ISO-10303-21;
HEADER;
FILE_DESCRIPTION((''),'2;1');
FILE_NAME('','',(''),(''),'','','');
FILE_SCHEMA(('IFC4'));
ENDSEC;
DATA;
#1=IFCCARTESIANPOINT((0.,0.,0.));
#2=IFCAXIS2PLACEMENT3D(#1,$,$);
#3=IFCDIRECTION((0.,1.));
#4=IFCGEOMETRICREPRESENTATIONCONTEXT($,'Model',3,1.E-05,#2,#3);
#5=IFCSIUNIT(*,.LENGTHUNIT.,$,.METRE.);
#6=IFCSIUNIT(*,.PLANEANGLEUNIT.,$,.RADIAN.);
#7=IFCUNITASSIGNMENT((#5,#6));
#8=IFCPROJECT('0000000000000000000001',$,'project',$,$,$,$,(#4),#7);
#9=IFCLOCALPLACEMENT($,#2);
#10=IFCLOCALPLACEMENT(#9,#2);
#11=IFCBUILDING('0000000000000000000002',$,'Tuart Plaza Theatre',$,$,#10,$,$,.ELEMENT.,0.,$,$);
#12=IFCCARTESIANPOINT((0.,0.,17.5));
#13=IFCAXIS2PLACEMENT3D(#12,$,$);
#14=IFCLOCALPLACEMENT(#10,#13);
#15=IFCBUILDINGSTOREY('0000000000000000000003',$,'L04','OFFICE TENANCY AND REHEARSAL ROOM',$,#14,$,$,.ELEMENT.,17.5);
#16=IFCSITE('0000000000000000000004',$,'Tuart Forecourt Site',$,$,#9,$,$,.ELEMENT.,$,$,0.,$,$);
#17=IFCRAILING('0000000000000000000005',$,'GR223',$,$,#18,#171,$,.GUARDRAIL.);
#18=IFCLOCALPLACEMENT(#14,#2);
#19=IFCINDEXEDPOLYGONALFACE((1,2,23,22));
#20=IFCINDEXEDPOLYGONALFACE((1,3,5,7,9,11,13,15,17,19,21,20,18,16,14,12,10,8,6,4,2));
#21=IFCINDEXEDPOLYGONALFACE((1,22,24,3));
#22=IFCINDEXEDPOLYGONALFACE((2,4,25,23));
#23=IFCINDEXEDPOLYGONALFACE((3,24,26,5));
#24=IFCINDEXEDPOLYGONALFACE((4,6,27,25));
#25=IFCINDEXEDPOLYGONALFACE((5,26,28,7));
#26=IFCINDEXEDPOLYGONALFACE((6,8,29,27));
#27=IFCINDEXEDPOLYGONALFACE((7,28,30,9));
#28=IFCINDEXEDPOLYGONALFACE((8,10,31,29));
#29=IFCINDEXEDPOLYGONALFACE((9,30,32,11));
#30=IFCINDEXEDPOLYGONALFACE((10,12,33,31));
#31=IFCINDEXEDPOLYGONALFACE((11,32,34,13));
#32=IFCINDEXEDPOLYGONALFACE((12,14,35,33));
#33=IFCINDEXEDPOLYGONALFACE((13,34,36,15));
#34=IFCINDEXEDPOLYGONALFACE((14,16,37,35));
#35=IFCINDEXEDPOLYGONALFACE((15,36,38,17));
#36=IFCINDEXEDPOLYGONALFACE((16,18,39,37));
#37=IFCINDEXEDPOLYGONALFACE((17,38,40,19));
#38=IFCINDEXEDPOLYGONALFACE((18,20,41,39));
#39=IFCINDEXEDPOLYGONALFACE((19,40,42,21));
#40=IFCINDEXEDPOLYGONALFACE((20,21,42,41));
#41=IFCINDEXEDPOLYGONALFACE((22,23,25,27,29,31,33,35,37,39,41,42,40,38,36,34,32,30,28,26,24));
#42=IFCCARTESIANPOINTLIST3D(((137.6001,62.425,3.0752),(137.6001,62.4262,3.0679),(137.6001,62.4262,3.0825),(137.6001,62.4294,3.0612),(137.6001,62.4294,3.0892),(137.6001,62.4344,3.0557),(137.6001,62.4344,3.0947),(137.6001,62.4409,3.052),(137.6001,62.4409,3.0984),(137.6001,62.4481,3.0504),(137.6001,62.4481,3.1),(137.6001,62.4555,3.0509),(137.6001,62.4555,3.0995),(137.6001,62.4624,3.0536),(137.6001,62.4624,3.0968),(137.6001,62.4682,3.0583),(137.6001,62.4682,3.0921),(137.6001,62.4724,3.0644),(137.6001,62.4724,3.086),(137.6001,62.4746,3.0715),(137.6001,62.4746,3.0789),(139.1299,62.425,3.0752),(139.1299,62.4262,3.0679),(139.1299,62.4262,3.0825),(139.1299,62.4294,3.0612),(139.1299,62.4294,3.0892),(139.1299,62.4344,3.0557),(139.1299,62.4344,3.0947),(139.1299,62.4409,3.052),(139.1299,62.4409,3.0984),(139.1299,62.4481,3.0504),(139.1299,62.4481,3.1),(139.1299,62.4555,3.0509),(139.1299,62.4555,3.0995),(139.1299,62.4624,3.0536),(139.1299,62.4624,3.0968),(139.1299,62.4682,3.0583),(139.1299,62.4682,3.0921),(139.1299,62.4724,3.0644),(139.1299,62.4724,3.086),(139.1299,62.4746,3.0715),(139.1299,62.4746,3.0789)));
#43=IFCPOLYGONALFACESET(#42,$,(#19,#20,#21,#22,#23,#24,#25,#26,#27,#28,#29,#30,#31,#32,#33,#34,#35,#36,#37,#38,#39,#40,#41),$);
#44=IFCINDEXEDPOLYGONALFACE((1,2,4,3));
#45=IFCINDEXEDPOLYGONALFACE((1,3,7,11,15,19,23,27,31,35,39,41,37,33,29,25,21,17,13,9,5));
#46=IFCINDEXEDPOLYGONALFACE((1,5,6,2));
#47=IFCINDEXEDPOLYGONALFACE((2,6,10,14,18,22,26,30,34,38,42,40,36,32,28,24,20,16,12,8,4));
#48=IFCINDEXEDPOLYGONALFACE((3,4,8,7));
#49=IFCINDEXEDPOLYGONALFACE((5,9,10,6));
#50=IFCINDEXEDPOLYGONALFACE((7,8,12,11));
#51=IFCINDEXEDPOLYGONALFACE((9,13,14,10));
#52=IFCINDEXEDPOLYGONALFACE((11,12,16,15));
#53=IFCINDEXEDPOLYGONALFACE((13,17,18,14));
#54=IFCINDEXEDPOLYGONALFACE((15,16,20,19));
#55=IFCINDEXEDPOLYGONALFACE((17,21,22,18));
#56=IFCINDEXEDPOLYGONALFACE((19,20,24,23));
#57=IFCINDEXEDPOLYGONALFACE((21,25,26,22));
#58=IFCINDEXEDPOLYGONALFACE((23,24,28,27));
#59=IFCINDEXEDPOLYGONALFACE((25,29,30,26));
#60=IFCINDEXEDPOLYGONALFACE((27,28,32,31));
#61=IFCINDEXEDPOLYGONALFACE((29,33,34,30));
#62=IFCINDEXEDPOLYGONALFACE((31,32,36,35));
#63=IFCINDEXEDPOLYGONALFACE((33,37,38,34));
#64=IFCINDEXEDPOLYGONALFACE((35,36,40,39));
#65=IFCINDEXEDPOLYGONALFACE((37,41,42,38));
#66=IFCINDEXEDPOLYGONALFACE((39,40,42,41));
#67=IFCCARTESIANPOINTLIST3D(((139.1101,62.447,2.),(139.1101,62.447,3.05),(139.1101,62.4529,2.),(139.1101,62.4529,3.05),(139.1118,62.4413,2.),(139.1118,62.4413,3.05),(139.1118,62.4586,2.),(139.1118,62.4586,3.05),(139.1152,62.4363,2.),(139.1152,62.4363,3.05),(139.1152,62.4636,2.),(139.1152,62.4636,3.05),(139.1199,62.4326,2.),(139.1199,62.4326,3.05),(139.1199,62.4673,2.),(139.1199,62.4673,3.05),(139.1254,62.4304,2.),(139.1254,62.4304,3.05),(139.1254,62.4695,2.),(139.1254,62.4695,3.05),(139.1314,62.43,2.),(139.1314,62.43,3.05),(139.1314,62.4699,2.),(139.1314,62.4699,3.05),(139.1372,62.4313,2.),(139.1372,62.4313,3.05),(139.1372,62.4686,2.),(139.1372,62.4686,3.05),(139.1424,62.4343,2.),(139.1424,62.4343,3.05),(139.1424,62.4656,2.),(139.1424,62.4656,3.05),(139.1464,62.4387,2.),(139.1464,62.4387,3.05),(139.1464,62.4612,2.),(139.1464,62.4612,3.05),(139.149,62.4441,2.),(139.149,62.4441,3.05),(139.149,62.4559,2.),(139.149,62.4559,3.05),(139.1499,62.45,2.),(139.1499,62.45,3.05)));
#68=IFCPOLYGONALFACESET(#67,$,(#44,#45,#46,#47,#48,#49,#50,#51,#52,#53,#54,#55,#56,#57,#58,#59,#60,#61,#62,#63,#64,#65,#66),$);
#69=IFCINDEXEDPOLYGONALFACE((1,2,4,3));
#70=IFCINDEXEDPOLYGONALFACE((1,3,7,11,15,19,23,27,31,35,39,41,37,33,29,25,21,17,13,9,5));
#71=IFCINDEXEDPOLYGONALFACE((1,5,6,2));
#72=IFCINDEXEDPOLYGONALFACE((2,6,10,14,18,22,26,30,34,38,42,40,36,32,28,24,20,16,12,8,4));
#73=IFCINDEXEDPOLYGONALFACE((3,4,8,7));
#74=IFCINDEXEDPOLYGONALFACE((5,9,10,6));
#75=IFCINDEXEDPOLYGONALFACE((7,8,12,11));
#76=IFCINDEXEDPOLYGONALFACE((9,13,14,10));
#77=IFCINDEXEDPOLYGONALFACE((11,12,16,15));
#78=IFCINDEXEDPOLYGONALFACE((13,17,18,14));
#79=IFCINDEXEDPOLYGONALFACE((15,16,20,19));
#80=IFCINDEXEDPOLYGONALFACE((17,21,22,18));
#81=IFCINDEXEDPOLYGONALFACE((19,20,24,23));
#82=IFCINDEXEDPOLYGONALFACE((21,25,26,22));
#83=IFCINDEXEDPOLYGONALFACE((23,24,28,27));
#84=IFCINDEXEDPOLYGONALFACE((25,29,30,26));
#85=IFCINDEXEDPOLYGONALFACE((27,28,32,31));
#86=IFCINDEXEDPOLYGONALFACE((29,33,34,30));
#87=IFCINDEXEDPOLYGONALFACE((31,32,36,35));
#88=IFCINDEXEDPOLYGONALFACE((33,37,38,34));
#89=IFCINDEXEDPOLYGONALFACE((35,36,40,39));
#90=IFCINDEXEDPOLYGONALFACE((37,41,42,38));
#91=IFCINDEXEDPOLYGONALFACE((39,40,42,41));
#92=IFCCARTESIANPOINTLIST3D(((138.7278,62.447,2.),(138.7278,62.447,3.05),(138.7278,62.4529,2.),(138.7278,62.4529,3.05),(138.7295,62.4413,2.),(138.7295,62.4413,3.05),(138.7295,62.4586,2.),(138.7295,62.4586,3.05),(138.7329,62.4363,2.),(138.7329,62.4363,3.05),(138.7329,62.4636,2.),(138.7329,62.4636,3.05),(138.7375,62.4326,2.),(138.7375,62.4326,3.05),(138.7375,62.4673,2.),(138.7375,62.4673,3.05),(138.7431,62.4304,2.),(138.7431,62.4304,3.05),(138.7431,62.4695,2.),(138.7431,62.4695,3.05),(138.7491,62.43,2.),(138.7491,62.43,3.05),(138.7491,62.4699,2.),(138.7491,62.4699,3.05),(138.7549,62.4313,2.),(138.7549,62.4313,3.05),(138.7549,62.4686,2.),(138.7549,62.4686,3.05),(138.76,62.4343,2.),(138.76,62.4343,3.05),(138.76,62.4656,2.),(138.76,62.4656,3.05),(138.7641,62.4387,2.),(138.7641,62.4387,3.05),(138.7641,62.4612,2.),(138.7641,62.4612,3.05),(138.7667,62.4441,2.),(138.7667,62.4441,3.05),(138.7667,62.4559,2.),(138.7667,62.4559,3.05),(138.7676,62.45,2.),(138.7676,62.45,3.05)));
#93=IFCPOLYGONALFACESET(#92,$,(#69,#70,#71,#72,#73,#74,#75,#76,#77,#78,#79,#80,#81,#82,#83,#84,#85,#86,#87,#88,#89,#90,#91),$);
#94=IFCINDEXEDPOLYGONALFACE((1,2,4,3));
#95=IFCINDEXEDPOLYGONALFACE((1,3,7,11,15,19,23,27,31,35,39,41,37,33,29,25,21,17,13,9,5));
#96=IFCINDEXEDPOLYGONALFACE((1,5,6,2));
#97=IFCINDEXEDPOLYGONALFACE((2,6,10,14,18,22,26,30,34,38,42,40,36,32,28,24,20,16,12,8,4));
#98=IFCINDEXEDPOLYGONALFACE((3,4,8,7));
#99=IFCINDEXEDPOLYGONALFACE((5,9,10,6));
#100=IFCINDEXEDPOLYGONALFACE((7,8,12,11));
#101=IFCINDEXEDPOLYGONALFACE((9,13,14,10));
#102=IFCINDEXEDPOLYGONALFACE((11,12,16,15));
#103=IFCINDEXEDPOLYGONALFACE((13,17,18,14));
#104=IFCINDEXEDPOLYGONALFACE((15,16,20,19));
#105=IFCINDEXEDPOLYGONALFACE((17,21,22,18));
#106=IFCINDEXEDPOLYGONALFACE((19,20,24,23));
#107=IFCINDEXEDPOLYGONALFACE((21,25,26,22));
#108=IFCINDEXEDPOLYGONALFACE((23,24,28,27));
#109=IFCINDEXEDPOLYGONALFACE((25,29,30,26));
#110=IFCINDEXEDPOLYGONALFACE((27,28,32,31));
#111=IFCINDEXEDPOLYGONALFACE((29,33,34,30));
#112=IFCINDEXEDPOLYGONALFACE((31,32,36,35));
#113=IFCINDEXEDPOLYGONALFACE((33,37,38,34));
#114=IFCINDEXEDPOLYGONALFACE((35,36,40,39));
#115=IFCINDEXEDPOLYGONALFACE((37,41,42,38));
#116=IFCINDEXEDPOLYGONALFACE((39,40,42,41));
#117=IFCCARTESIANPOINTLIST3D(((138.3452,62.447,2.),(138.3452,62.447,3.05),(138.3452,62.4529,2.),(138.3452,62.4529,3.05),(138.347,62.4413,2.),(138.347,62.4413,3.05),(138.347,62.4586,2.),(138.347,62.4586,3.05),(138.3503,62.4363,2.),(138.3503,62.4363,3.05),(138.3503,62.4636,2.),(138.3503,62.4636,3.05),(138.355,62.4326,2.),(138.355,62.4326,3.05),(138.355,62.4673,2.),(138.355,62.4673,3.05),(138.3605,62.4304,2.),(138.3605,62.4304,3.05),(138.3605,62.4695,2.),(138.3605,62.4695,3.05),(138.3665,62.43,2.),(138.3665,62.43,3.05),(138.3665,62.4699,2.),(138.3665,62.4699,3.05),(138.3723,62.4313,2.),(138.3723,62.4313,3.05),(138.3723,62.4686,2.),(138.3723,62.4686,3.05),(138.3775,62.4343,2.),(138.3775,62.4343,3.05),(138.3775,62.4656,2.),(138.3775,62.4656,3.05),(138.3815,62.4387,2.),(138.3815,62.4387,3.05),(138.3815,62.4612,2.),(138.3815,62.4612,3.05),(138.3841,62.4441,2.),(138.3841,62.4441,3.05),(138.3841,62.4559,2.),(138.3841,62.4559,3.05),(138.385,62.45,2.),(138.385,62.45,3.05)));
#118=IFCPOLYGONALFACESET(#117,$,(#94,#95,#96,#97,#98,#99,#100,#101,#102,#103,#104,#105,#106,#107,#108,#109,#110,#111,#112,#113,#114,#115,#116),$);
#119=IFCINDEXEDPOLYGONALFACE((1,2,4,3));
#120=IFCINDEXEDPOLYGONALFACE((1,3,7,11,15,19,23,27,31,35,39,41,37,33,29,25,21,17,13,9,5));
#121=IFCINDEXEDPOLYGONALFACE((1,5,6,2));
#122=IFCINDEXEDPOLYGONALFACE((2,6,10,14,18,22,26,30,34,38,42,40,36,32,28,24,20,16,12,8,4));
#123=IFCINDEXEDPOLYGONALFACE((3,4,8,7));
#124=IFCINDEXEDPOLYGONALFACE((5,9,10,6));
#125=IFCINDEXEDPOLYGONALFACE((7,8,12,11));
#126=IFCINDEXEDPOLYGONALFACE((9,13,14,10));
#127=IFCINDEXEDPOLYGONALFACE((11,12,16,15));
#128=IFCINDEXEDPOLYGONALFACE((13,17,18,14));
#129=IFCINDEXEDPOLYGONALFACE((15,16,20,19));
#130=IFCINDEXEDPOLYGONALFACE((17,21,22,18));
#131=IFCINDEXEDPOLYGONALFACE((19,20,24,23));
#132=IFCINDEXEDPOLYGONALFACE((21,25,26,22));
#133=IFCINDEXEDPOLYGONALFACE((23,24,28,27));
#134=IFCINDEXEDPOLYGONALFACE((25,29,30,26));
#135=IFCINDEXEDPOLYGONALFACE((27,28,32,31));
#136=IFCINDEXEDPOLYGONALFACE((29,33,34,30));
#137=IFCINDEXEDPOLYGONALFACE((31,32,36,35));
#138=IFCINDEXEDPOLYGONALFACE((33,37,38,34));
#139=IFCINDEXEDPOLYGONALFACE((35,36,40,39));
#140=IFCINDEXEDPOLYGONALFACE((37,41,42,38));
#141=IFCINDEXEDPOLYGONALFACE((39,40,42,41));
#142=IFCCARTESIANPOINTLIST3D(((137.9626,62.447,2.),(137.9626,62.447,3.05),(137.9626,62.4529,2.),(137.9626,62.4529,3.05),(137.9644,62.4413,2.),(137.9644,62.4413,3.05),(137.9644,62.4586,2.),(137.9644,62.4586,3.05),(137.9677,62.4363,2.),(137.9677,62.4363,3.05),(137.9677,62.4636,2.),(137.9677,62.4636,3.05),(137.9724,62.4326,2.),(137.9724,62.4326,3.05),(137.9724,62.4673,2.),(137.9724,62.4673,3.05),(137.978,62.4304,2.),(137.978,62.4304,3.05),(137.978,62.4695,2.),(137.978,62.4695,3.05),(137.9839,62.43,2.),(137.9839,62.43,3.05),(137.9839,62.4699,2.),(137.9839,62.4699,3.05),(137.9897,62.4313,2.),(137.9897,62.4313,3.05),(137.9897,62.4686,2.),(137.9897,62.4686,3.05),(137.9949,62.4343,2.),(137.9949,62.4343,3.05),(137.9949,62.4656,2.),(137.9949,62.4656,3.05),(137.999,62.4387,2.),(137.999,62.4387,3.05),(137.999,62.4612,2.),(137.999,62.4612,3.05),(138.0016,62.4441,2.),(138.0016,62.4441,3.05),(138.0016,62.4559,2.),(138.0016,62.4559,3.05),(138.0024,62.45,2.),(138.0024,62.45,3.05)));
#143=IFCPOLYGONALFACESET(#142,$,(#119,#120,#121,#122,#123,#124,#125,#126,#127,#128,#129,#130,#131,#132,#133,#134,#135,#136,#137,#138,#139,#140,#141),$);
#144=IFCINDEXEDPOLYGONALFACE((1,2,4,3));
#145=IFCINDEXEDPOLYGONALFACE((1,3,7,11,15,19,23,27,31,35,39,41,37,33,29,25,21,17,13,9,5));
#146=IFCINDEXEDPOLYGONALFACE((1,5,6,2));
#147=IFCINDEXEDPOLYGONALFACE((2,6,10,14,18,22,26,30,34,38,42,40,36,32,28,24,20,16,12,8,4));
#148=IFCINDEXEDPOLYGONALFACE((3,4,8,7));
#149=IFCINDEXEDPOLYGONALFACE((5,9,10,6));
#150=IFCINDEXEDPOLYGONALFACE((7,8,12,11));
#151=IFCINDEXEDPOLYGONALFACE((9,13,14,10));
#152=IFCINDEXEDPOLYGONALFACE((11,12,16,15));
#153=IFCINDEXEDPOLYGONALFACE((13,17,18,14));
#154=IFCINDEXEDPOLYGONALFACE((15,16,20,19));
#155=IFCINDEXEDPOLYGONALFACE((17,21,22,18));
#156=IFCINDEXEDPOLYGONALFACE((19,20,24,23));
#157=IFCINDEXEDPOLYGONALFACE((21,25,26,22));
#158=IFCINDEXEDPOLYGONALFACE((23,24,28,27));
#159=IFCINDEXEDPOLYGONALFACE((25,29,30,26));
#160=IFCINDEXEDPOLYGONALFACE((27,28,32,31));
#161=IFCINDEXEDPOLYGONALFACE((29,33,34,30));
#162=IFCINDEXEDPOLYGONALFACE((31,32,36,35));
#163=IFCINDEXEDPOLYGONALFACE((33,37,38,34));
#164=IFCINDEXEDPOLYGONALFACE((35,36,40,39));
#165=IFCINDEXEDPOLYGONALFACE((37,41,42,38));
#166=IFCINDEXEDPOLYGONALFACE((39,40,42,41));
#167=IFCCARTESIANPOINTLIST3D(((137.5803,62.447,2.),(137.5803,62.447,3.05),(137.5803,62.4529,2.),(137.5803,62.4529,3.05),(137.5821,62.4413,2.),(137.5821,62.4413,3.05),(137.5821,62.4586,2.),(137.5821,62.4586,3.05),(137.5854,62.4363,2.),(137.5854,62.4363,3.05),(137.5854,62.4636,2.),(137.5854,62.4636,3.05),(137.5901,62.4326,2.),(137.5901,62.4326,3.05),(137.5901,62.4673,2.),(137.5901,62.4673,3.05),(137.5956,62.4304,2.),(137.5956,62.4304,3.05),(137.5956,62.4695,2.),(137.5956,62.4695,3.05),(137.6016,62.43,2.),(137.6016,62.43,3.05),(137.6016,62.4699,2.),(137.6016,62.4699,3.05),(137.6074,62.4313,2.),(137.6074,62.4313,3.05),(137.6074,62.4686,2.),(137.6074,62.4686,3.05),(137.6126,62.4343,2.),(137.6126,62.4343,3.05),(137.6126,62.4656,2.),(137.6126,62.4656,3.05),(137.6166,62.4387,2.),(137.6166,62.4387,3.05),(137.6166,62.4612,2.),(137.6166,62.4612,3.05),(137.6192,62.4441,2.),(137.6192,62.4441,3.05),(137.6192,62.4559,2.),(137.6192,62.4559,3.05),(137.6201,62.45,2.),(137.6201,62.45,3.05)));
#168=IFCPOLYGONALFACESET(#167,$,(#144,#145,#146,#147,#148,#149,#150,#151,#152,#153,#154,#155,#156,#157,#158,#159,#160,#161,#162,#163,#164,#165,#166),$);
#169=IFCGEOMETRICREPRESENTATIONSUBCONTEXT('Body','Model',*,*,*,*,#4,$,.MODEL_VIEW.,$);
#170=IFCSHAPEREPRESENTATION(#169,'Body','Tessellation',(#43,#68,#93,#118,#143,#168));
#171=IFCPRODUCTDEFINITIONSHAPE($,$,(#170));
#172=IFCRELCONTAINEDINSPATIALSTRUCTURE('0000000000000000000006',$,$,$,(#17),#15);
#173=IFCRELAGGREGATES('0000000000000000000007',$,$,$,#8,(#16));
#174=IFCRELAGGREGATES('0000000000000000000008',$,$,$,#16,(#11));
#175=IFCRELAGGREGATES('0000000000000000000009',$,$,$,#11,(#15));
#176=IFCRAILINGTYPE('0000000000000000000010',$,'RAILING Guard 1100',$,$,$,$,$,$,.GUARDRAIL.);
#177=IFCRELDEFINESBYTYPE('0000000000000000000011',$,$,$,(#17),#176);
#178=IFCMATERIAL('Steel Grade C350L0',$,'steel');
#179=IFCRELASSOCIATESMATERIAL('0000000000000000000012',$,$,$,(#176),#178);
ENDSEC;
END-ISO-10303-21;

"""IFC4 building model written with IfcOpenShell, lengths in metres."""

from ifc_helpers import new_model, si_unit, direction, frame, origin, origin_2d, place, context, subcontext, project, spatial, circle, extrude, material, type_object, element, save


model = new_model("IFC4")

# Units and contexts
model_context = context("Model", 3, precision=1e-05, world=origin(), true_north=direction((0.0, 1.0)))
body_context = subcontext(model_context, "Body", "Model", "MODEL_VIEW")
ifc_project = project(units=[si_unit("LENGTHUNIT", "METRE"), si_unit("PLANEANGLEUNIT", "RADIAN")], contexts=[model_context])

# Site, building, storey
site_placement = place(None, origin())
site = spatial("IfcSite", under=ifc_project, at=site_placement, Name="Tuart Forecourt Site", CompositionType="ELEMENT", RefElevation=0.0)
building_placement = place(site_placement, origin())
building = spatial("IfcBuilding", under=site, at=building_placement, Name="Tuart Plaza Theatre", CompositionType="ELEMENT", ElevationOfRefHeight=0.0)
storey_placement = place(building_placement, frame((0.0, 0.0, 17.5)))
storey = spatial("IfcBuildingStorey", under=building, at=storey_placement, Name="L04", Description="OFFICE TENANCY AND REHEARSAL ROOM", CompositionType="ELEMENT", Elevation=17.5)

# Railing
ifc_material_1 = material(Name="Steel Grade C350L0", Category="steel")
railing_type_1 = type_object("IfcRailingType", Name="RAILING Guard 1100", PredefinedType="GUARDRAIL", material=ifc_material_1)
railing_1_placement = place(storey_placement, frame((139.1299, 62.45, 2.0)))
element("IfcRailing", 1, at=railing_1_placement, inside=storey, type_object=railing_type_1, Name="GR223", PredefinedType="GUARDRAIL", context=body_context, shape_type="SweptSolid", body=[
    extrude(circle(Radius=0.0249, at=origin_2d()), frame((0.0, 0.0, 1.0752), z_axis=(-1.0, 0.0, 0.0), x_axis=(0.0, -1.0, 0.0)), (0.0, 0.0, 1.0), 1.5298),
    extrude(circle(Radius=0.02, at=origin_2d()), origin(), (0.0, 0.0, 1.0), 1.05),
    extrude(circle(Radius=0.02, at=origin_2d()), frame((-0.3823, 0.0, 0.0)), (0.0, 0.0, 1.0), 1.05),
    extrude(circle(Radius=0.02, at=origin_2d()), frame((-0.7649, 0.0, 0.0)), (0.0, 0.0, 1.0), 1.05),
    extrude(circle(Radius=0.02, at=origin_2d()), frame((-1.1475, 0.0, 0.0)), (0.0, 0.0, 1.0), 1.05),
    extrude(circle(Radius=0.02, at=origin_2d()), frame((-1.5298, 0.0, 0.0)), (0.0, 0.0, 1.0), 1.05),
])

save(model, "model.ifc")
